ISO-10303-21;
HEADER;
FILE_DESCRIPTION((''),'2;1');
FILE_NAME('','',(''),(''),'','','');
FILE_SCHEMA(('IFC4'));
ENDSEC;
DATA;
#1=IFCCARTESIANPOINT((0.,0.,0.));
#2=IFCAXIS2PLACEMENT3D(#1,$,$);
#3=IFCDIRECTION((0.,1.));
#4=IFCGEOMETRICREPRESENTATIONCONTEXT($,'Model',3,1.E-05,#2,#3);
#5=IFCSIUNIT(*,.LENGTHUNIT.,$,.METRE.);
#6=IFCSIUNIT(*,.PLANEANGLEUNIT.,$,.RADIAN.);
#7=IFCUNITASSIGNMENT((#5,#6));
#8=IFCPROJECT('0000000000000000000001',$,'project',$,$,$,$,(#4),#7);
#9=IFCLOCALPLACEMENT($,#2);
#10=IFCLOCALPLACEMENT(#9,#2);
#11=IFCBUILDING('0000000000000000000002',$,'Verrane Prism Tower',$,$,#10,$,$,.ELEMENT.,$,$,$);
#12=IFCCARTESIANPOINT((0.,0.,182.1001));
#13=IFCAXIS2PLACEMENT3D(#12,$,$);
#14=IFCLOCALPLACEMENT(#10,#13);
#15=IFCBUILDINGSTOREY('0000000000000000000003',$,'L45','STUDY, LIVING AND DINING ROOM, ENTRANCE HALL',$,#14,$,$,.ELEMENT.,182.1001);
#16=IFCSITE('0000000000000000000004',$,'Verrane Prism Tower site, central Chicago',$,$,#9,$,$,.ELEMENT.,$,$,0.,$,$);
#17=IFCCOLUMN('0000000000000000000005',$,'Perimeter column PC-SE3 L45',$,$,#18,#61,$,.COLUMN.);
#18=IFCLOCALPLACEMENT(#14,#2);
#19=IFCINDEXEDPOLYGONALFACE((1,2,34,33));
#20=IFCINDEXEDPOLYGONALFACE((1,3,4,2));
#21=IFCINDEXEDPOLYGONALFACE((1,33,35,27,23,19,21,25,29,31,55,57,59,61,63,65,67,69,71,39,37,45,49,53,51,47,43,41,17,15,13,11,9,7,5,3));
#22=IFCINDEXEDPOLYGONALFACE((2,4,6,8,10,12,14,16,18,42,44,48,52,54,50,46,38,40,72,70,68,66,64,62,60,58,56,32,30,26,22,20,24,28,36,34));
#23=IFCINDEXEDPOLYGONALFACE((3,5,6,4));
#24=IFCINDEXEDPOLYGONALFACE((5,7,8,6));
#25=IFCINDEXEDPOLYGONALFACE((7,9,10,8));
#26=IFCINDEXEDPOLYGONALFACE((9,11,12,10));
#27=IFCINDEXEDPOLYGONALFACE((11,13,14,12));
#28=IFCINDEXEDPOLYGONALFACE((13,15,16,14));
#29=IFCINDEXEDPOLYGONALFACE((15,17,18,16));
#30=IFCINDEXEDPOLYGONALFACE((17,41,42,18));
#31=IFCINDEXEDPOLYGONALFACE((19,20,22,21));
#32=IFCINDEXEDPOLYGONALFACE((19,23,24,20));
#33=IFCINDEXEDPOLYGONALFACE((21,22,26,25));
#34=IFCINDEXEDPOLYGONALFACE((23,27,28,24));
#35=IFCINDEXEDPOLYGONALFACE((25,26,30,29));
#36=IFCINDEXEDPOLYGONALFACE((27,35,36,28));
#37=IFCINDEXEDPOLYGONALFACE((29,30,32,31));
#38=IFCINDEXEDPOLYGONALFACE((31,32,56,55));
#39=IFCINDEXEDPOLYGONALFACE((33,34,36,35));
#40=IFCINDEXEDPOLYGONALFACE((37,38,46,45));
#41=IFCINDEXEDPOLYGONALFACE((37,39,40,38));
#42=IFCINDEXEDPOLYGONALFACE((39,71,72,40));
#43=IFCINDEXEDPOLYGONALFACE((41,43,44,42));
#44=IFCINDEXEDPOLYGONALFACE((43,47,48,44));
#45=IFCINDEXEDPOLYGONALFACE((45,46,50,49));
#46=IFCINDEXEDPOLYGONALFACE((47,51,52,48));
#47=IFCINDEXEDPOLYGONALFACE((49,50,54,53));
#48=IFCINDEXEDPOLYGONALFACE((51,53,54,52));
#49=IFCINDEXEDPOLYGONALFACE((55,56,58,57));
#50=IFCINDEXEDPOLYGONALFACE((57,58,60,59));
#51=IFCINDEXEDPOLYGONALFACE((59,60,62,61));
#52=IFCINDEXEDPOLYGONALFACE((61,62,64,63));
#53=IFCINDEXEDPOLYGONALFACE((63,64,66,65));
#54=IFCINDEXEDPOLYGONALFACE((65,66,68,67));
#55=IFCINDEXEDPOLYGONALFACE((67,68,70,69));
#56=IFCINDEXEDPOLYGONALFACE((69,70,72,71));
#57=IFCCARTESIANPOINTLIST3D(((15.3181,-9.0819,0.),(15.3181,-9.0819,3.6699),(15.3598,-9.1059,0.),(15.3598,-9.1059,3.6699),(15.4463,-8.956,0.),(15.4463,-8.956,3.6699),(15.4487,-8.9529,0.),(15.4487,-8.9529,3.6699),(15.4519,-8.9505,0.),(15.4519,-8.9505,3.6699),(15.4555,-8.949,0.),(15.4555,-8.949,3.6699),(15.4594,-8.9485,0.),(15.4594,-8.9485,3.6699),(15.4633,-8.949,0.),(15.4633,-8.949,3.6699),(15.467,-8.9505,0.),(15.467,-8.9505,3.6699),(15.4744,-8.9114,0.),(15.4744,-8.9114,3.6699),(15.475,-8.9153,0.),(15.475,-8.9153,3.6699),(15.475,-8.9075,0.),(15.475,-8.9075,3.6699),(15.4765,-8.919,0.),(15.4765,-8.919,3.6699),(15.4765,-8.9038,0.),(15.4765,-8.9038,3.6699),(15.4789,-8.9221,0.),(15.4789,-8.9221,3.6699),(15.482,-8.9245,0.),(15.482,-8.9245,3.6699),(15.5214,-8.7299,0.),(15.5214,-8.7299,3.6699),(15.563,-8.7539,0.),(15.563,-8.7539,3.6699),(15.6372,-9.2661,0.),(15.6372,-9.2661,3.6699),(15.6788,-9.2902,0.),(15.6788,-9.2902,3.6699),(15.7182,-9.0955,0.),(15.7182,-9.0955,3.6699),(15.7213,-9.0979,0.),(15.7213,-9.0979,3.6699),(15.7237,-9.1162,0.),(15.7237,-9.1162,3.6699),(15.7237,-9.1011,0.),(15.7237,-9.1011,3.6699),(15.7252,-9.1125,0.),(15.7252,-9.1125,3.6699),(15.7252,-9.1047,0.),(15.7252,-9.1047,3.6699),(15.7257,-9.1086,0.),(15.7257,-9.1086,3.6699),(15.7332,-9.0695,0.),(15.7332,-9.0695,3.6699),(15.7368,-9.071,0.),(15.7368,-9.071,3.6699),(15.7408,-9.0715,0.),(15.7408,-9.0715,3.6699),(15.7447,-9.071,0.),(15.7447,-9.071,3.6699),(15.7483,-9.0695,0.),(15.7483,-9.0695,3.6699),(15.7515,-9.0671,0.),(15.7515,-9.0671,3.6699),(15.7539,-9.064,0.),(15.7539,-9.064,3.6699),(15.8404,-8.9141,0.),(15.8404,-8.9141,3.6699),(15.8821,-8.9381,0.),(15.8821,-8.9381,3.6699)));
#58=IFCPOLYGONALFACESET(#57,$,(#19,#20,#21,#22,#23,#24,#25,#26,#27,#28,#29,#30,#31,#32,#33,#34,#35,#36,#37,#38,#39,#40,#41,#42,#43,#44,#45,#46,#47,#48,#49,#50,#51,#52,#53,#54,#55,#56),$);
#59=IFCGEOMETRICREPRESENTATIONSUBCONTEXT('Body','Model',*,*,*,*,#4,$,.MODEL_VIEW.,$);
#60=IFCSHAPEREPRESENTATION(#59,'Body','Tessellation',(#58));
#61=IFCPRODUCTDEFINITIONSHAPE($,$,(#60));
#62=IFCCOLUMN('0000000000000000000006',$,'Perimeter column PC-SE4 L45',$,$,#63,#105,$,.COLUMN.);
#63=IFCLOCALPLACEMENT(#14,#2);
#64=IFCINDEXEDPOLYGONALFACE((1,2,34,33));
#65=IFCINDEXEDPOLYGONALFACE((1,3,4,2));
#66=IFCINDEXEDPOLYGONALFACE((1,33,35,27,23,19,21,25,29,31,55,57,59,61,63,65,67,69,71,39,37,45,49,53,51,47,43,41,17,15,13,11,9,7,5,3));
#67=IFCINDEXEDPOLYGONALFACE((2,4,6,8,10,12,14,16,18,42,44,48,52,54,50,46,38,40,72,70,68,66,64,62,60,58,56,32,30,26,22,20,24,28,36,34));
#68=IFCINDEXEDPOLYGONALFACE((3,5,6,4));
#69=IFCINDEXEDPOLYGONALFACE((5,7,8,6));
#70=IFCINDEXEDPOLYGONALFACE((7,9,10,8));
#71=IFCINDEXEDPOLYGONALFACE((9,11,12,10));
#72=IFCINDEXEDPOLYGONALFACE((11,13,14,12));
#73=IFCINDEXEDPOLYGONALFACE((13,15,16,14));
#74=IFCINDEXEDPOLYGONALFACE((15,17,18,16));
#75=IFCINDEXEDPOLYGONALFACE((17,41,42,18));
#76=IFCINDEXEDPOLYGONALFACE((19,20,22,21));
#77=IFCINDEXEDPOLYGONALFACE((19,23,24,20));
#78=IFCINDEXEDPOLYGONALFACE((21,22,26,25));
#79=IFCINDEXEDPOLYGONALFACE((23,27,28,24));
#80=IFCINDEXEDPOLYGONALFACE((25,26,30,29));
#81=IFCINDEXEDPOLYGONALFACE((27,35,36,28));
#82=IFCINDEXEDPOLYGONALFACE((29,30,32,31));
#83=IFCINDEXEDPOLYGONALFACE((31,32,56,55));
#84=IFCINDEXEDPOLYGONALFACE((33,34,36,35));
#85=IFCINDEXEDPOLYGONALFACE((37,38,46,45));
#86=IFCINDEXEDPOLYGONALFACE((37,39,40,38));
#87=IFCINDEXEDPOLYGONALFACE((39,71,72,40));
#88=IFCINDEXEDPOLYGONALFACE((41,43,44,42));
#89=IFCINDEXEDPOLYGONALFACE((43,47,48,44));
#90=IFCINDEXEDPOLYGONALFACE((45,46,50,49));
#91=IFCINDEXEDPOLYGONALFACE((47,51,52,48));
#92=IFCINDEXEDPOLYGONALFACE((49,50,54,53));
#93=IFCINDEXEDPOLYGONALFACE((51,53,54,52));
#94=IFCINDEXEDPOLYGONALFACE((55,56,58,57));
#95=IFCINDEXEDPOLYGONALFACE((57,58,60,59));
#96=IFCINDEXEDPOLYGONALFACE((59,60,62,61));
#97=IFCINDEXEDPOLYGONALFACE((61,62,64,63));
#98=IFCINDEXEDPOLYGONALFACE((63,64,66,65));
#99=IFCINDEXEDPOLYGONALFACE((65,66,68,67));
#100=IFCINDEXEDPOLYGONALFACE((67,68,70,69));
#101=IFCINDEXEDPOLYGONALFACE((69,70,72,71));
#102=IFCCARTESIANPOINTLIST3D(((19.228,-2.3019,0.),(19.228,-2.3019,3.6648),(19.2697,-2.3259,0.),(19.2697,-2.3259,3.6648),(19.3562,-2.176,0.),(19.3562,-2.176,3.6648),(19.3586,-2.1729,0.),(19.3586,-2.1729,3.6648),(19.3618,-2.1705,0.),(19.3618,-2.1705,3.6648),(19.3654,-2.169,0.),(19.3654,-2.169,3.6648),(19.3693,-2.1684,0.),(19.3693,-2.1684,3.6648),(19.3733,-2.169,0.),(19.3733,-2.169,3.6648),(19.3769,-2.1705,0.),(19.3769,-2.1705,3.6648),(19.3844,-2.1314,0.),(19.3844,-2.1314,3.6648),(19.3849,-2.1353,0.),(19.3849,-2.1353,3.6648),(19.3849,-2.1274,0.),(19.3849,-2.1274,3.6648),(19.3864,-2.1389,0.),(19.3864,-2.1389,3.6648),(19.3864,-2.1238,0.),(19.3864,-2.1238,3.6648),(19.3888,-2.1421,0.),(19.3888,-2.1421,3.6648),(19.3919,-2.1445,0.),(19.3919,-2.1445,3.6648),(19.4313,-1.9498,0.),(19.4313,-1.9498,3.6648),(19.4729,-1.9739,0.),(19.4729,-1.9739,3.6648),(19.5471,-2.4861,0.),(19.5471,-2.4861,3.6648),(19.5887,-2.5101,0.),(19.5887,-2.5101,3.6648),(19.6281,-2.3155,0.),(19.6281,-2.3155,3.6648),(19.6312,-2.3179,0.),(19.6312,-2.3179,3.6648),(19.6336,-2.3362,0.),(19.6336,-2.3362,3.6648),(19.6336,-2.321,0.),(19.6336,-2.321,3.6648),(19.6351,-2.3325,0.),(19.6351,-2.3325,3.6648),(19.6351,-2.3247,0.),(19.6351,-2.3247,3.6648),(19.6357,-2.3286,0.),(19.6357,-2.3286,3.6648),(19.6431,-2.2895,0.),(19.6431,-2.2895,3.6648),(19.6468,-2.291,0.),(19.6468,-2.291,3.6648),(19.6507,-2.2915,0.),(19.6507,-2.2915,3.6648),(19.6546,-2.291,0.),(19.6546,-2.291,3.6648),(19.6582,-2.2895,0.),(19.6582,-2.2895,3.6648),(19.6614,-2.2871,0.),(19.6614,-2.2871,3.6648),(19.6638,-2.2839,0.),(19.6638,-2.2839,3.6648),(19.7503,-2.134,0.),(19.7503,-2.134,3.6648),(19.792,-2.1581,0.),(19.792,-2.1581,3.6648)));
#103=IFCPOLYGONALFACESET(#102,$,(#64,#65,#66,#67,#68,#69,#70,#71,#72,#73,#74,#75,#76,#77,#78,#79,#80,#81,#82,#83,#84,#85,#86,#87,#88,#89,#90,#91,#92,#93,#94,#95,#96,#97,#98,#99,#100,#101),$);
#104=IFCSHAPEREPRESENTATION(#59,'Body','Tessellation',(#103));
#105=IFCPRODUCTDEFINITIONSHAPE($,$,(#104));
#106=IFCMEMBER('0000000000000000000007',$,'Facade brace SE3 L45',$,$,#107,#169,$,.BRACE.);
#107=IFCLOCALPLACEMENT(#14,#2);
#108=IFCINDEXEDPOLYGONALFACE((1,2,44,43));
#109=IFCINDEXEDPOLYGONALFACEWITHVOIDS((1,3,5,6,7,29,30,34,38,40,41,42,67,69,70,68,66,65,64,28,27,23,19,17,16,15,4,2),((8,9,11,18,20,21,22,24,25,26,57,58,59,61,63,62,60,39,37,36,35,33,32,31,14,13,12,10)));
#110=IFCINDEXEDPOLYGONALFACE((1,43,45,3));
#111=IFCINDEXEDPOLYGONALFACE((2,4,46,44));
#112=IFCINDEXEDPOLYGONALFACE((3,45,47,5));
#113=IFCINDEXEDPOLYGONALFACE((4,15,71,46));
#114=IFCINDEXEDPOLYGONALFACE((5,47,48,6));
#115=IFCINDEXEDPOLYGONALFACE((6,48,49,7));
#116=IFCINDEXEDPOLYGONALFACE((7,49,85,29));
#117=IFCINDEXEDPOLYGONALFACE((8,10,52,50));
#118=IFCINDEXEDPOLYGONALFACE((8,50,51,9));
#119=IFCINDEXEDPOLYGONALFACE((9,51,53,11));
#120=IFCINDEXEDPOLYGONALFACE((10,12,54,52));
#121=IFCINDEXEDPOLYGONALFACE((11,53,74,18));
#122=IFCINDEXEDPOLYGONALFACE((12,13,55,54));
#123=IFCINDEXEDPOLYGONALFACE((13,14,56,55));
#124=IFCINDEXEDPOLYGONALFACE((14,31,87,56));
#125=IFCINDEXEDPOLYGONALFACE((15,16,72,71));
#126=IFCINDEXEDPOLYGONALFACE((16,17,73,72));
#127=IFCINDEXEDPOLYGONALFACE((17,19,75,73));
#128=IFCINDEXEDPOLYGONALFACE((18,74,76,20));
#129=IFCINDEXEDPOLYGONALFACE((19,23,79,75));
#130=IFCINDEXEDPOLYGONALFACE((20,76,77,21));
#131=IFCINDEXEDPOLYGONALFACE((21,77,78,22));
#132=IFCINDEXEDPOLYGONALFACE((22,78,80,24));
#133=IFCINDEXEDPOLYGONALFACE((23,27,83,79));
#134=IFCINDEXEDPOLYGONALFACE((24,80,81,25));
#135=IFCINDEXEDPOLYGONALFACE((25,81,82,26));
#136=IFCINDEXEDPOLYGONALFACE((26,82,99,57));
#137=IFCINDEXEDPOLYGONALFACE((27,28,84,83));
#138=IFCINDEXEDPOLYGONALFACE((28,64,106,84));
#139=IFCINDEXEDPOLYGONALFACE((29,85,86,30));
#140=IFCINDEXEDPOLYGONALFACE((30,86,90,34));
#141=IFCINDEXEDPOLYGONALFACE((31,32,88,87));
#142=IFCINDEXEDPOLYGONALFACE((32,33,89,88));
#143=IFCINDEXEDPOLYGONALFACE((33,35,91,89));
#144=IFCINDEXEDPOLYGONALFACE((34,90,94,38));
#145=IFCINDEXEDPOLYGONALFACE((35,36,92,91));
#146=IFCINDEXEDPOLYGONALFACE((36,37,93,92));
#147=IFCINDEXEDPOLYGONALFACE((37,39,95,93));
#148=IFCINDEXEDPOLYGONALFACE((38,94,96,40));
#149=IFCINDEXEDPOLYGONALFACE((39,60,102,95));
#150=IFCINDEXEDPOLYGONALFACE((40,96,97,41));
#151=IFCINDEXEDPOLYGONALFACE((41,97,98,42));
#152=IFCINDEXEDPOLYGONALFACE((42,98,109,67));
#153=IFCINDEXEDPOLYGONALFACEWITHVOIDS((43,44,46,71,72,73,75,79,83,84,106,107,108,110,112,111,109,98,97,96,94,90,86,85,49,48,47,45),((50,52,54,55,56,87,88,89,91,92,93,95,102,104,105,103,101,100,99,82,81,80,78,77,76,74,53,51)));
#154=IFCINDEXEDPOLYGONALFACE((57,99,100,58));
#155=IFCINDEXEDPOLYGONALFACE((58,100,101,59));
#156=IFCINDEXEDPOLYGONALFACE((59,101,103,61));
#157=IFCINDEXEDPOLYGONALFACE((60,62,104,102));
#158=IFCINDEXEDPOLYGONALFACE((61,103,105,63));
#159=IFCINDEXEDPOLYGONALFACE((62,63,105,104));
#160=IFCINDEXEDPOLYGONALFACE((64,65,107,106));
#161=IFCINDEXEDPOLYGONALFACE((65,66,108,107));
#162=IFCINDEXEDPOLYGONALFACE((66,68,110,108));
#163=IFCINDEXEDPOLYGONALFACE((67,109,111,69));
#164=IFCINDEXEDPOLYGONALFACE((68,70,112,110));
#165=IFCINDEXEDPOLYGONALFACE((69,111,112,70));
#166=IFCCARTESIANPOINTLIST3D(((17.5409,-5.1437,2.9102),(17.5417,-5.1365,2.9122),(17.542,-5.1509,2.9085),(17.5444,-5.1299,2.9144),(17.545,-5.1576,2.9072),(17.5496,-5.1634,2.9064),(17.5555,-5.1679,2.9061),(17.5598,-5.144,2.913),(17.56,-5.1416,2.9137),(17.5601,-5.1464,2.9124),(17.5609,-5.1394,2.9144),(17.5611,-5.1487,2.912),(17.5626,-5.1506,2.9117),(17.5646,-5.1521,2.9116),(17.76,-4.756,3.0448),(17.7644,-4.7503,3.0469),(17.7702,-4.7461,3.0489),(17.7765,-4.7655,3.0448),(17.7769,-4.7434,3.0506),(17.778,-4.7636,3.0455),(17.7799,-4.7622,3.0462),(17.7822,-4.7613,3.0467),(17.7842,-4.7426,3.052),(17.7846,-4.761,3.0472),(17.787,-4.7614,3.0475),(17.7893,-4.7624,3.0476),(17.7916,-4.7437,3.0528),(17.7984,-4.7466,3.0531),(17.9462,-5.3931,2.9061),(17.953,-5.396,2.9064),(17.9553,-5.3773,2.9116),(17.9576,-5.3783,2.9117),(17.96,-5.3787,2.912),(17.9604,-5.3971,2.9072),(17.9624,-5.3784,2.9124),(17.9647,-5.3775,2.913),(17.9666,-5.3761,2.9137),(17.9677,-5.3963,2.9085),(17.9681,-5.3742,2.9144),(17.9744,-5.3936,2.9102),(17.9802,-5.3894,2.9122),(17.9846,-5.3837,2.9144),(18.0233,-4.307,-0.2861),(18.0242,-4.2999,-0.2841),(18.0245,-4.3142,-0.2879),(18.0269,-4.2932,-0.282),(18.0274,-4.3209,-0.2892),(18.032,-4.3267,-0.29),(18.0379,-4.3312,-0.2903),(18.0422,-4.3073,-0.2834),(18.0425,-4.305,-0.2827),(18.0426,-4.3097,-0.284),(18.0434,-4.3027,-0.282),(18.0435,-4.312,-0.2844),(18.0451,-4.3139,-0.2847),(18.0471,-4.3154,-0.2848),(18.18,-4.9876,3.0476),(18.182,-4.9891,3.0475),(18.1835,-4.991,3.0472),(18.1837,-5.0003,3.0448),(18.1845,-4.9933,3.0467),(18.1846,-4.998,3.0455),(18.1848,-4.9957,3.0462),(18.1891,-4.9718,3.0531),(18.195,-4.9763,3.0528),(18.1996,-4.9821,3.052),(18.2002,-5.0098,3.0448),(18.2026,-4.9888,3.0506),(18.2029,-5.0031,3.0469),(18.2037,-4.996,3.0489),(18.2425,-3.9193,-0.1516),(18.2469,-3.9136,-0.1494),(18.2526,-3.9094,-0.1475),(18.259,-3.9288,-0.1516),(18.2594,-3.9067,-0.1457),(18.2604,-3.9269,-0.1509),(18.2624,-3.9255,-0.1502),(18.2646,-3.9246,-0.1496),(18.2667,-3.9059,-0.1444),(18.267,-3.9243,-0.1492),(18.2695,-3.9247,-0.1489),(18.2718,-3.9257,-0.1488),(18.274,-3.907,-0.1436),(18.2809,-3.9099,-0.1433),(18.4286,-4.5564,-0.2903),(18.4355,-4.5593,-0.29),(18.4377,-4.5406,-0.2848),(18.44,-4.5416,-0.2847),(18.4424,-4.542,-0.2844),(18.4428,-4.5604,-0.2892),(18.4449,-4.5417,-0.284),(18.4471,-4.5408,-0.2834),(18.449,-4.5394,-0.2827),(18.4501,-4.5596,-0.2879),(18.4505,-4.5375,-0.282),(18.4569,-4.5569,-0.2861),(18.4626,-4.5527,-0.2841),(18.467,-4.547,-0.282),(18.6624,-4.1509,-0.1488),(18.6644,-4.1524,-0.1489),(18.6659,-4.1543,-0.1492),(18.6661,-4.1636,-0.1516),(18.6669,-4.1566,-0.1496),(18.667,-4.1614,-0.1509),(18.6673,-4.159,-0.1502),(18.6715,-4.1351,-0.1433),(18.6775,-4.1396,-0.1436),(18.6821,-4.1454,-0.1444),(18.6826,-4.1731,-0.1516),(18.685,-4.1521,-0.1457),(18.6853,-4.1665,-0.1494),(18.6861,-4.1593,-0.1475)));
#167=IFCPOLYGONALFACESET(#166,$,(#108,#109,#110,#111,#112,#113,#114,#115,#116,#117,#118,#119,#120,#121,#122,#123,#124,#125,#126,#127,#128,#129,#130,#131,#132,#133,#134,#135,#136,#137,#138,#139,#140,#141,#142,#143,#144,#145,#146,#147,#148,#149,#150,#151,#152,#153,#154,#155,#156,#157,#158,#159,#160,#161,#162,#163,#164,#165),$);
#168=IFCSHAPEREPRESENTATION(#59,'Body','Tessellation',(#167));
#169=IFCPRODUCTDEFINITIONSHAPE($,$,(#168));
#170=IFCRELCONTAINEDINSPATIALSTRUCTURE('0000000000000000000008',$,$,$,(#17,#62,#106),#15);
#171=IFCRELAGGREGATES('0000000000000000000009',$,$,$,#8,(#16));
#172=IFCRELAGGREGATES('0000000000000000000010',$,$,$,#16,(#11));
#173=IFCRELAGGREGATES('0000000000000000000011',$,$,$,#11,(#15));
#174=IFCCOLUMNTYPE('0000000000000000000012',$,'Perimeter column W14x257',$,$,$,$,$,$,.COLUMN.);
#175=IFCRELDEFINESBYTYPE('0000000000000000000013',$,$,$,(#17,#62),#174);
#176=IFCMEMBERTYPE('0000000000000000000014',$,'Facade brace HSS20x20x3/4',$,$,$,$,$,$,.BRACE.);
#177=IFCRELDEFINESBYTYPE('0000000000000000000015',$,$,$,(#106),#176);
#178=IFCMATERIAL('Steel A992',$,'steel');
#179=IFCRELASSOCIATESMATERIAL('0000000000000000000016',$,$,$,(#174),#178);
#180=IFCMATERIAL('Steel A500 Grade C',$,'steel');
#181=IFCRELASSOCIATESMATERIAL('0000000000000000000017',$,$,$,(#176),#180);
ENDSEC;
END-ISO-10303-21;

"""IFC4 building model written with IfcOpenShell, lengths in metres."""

from ifc_helpers import new_model, si_unit, direction, frame, origin, origin_2d, place, context, subcontext, project, spatial, hollow_rectangle, i_section, extrude, material, material_profile, profile_set, type_object, element, save


model = new_model("IFC4")

# Units and contexts
model_context = context("Model", 3, precision=1e-05, world=origin(), true_north=direction((0.0, 1.0)))
body_context = subcontext(model_context, "Body", "Model", "MODEL_VIEW")
ifc_project = project(units=[si_unit("LENGTHUNIT", "METRE"), si_unit("PLANEANGLEUNIT", "RADIAN")], contexts=[model_context])

# Site, building, storey
site_placement = place(None, origin())
site = spatial("IfcSite", under=ifc_project, at=site_placement, Name="Verrane Prism Tower site, central Chicago", CompositionType="ELEMENT", RefElevation=0.0)
building_placement = place(site_placement, origin())
building = spatial("IfcBuilding", under=site, at=building_placement, Name="Verrane Prism Tower", CompositionType="ELEMENT")
storey_placement = place(building_placement, frame((0.0, 0.0, 182.1001)))
storey = spatial("IfcBuildingStorey", under=building, at=storey_placement, Name="L45", Description="STUDY, LIVING AND DINING ROOM, ENTRANCE HALL", CompositionType="ELEMENT", Elevation=182.1001)

# Columns
ifc_material_1 = material(Name="Steel A992", Category="steel")
ifc_material_profile_1 = material_profile(ifc_material_1, i_section(OverallWidth=0.4065, OverallDepth=0.4165, WebThickness=0.03, FlangeThickness=0.0481, FilletRadius=0.0151, at=origin_2d()), Name="W14x257")
ifc_profile_set_1 = profile_set([ifc_material_profile_1], Name="Steel A992")
column_type = type_object("IfcColumnType", Name="Perimeter column W14x257", PredefinedType="COLUMN", material=ifc_profile_set_1)
column_1_placement = place(storey_placement, frame((15.6001, -9.01, 0.0), z_axis=(0.0, 0.0, 1.0), x_axis=(-0.5, -0.866025, 0.0)))
element("IfcColumn", 1, at=column_1_placement, inside=storey, type_object=column_type, Name="Perimeter column PC-SE3 L45", PredefinedType="COLUMN", context=body_context, shape_type="SweptSolid", body=[
    extrude(i_section(OverallWidth=0.4065, OverallDepth=0.4165, WebThickness=0.03, FlangeThickness=0.0481, FilletRadius=0.0151, at=origin_2d()), origin(), (0.0, 0.0, 1.0), 3.6699),
])
column_2_placement = place(storey_placement, frame((19.51, -2.23, 0.0), z_axis=(0.0, 0.0, 1.0), x_axis=(-0.5, -0.866025, 0.0)))
element("IfcColumn", 2, at=column_2_placement, inside=storey, type_object=column_type, Name="Perimeter column PC-SE4 L45", PredefinedType="COLUMN", context=body_context, shape_type="SweptSolid", body=[
    extrude(i_section(OverallWidth=0.4065, OverallDepth=0.4165, WebThickness=0.03, FlangeThickness=0.0481, FilletRadius=0.0151, at=origin_2d()), origin(), (0.0, 0.0, 1.0), 3.6648),
])

# Member
ifc_material_2 = material(Name="Steel A500 Grade C", Category="steel")
ifc_material_profile_2 = material_profile(ifc_material_2, hollow_rectangle(XDim=0.5081, YDim=0.5081, WallThickness=0.019, InnerFilletRadius=0.0095, OuterFilletRadius=0.0286, at=origin_2d()), Name="HSS20x20x3/4")
ifc_profile_set_2 = profile_set([ifc_material_profile_2], Name="Steel A500 Grade C")
member_type_1 = type_object("IfcMemberType", Name="Facade brace HSS20x20x3/4", PredefinedType="BRACE", material=ifc_profile_set_2)
member_1_placement = place(storey_placement, frame((18.3547, -4.2332, -0.2168), z_axis=(-0.14448, -0.250574, 0.957256), x_axis=(0.866308, -0.499511, 0.0)))
element("IfcMember", 3, at=member_1_placement, inside=storey, type_object=member_type_1, Name="Facade brace SE3 L45", PredefinedType="BRACE", context=body_context, shape_type="SweptSolid", body=[
    extrude(hollow_rectangle(XDim=0.5081, YDim=0.5081, WallThickness=0.019, InnerFilletRadius=0.0095, OuterFilletRadius=0.0286, at=origin_2d()), origin(), (0.0, 0.0, 1.0), 3.3391),
])

save(model, "model.ifc")
